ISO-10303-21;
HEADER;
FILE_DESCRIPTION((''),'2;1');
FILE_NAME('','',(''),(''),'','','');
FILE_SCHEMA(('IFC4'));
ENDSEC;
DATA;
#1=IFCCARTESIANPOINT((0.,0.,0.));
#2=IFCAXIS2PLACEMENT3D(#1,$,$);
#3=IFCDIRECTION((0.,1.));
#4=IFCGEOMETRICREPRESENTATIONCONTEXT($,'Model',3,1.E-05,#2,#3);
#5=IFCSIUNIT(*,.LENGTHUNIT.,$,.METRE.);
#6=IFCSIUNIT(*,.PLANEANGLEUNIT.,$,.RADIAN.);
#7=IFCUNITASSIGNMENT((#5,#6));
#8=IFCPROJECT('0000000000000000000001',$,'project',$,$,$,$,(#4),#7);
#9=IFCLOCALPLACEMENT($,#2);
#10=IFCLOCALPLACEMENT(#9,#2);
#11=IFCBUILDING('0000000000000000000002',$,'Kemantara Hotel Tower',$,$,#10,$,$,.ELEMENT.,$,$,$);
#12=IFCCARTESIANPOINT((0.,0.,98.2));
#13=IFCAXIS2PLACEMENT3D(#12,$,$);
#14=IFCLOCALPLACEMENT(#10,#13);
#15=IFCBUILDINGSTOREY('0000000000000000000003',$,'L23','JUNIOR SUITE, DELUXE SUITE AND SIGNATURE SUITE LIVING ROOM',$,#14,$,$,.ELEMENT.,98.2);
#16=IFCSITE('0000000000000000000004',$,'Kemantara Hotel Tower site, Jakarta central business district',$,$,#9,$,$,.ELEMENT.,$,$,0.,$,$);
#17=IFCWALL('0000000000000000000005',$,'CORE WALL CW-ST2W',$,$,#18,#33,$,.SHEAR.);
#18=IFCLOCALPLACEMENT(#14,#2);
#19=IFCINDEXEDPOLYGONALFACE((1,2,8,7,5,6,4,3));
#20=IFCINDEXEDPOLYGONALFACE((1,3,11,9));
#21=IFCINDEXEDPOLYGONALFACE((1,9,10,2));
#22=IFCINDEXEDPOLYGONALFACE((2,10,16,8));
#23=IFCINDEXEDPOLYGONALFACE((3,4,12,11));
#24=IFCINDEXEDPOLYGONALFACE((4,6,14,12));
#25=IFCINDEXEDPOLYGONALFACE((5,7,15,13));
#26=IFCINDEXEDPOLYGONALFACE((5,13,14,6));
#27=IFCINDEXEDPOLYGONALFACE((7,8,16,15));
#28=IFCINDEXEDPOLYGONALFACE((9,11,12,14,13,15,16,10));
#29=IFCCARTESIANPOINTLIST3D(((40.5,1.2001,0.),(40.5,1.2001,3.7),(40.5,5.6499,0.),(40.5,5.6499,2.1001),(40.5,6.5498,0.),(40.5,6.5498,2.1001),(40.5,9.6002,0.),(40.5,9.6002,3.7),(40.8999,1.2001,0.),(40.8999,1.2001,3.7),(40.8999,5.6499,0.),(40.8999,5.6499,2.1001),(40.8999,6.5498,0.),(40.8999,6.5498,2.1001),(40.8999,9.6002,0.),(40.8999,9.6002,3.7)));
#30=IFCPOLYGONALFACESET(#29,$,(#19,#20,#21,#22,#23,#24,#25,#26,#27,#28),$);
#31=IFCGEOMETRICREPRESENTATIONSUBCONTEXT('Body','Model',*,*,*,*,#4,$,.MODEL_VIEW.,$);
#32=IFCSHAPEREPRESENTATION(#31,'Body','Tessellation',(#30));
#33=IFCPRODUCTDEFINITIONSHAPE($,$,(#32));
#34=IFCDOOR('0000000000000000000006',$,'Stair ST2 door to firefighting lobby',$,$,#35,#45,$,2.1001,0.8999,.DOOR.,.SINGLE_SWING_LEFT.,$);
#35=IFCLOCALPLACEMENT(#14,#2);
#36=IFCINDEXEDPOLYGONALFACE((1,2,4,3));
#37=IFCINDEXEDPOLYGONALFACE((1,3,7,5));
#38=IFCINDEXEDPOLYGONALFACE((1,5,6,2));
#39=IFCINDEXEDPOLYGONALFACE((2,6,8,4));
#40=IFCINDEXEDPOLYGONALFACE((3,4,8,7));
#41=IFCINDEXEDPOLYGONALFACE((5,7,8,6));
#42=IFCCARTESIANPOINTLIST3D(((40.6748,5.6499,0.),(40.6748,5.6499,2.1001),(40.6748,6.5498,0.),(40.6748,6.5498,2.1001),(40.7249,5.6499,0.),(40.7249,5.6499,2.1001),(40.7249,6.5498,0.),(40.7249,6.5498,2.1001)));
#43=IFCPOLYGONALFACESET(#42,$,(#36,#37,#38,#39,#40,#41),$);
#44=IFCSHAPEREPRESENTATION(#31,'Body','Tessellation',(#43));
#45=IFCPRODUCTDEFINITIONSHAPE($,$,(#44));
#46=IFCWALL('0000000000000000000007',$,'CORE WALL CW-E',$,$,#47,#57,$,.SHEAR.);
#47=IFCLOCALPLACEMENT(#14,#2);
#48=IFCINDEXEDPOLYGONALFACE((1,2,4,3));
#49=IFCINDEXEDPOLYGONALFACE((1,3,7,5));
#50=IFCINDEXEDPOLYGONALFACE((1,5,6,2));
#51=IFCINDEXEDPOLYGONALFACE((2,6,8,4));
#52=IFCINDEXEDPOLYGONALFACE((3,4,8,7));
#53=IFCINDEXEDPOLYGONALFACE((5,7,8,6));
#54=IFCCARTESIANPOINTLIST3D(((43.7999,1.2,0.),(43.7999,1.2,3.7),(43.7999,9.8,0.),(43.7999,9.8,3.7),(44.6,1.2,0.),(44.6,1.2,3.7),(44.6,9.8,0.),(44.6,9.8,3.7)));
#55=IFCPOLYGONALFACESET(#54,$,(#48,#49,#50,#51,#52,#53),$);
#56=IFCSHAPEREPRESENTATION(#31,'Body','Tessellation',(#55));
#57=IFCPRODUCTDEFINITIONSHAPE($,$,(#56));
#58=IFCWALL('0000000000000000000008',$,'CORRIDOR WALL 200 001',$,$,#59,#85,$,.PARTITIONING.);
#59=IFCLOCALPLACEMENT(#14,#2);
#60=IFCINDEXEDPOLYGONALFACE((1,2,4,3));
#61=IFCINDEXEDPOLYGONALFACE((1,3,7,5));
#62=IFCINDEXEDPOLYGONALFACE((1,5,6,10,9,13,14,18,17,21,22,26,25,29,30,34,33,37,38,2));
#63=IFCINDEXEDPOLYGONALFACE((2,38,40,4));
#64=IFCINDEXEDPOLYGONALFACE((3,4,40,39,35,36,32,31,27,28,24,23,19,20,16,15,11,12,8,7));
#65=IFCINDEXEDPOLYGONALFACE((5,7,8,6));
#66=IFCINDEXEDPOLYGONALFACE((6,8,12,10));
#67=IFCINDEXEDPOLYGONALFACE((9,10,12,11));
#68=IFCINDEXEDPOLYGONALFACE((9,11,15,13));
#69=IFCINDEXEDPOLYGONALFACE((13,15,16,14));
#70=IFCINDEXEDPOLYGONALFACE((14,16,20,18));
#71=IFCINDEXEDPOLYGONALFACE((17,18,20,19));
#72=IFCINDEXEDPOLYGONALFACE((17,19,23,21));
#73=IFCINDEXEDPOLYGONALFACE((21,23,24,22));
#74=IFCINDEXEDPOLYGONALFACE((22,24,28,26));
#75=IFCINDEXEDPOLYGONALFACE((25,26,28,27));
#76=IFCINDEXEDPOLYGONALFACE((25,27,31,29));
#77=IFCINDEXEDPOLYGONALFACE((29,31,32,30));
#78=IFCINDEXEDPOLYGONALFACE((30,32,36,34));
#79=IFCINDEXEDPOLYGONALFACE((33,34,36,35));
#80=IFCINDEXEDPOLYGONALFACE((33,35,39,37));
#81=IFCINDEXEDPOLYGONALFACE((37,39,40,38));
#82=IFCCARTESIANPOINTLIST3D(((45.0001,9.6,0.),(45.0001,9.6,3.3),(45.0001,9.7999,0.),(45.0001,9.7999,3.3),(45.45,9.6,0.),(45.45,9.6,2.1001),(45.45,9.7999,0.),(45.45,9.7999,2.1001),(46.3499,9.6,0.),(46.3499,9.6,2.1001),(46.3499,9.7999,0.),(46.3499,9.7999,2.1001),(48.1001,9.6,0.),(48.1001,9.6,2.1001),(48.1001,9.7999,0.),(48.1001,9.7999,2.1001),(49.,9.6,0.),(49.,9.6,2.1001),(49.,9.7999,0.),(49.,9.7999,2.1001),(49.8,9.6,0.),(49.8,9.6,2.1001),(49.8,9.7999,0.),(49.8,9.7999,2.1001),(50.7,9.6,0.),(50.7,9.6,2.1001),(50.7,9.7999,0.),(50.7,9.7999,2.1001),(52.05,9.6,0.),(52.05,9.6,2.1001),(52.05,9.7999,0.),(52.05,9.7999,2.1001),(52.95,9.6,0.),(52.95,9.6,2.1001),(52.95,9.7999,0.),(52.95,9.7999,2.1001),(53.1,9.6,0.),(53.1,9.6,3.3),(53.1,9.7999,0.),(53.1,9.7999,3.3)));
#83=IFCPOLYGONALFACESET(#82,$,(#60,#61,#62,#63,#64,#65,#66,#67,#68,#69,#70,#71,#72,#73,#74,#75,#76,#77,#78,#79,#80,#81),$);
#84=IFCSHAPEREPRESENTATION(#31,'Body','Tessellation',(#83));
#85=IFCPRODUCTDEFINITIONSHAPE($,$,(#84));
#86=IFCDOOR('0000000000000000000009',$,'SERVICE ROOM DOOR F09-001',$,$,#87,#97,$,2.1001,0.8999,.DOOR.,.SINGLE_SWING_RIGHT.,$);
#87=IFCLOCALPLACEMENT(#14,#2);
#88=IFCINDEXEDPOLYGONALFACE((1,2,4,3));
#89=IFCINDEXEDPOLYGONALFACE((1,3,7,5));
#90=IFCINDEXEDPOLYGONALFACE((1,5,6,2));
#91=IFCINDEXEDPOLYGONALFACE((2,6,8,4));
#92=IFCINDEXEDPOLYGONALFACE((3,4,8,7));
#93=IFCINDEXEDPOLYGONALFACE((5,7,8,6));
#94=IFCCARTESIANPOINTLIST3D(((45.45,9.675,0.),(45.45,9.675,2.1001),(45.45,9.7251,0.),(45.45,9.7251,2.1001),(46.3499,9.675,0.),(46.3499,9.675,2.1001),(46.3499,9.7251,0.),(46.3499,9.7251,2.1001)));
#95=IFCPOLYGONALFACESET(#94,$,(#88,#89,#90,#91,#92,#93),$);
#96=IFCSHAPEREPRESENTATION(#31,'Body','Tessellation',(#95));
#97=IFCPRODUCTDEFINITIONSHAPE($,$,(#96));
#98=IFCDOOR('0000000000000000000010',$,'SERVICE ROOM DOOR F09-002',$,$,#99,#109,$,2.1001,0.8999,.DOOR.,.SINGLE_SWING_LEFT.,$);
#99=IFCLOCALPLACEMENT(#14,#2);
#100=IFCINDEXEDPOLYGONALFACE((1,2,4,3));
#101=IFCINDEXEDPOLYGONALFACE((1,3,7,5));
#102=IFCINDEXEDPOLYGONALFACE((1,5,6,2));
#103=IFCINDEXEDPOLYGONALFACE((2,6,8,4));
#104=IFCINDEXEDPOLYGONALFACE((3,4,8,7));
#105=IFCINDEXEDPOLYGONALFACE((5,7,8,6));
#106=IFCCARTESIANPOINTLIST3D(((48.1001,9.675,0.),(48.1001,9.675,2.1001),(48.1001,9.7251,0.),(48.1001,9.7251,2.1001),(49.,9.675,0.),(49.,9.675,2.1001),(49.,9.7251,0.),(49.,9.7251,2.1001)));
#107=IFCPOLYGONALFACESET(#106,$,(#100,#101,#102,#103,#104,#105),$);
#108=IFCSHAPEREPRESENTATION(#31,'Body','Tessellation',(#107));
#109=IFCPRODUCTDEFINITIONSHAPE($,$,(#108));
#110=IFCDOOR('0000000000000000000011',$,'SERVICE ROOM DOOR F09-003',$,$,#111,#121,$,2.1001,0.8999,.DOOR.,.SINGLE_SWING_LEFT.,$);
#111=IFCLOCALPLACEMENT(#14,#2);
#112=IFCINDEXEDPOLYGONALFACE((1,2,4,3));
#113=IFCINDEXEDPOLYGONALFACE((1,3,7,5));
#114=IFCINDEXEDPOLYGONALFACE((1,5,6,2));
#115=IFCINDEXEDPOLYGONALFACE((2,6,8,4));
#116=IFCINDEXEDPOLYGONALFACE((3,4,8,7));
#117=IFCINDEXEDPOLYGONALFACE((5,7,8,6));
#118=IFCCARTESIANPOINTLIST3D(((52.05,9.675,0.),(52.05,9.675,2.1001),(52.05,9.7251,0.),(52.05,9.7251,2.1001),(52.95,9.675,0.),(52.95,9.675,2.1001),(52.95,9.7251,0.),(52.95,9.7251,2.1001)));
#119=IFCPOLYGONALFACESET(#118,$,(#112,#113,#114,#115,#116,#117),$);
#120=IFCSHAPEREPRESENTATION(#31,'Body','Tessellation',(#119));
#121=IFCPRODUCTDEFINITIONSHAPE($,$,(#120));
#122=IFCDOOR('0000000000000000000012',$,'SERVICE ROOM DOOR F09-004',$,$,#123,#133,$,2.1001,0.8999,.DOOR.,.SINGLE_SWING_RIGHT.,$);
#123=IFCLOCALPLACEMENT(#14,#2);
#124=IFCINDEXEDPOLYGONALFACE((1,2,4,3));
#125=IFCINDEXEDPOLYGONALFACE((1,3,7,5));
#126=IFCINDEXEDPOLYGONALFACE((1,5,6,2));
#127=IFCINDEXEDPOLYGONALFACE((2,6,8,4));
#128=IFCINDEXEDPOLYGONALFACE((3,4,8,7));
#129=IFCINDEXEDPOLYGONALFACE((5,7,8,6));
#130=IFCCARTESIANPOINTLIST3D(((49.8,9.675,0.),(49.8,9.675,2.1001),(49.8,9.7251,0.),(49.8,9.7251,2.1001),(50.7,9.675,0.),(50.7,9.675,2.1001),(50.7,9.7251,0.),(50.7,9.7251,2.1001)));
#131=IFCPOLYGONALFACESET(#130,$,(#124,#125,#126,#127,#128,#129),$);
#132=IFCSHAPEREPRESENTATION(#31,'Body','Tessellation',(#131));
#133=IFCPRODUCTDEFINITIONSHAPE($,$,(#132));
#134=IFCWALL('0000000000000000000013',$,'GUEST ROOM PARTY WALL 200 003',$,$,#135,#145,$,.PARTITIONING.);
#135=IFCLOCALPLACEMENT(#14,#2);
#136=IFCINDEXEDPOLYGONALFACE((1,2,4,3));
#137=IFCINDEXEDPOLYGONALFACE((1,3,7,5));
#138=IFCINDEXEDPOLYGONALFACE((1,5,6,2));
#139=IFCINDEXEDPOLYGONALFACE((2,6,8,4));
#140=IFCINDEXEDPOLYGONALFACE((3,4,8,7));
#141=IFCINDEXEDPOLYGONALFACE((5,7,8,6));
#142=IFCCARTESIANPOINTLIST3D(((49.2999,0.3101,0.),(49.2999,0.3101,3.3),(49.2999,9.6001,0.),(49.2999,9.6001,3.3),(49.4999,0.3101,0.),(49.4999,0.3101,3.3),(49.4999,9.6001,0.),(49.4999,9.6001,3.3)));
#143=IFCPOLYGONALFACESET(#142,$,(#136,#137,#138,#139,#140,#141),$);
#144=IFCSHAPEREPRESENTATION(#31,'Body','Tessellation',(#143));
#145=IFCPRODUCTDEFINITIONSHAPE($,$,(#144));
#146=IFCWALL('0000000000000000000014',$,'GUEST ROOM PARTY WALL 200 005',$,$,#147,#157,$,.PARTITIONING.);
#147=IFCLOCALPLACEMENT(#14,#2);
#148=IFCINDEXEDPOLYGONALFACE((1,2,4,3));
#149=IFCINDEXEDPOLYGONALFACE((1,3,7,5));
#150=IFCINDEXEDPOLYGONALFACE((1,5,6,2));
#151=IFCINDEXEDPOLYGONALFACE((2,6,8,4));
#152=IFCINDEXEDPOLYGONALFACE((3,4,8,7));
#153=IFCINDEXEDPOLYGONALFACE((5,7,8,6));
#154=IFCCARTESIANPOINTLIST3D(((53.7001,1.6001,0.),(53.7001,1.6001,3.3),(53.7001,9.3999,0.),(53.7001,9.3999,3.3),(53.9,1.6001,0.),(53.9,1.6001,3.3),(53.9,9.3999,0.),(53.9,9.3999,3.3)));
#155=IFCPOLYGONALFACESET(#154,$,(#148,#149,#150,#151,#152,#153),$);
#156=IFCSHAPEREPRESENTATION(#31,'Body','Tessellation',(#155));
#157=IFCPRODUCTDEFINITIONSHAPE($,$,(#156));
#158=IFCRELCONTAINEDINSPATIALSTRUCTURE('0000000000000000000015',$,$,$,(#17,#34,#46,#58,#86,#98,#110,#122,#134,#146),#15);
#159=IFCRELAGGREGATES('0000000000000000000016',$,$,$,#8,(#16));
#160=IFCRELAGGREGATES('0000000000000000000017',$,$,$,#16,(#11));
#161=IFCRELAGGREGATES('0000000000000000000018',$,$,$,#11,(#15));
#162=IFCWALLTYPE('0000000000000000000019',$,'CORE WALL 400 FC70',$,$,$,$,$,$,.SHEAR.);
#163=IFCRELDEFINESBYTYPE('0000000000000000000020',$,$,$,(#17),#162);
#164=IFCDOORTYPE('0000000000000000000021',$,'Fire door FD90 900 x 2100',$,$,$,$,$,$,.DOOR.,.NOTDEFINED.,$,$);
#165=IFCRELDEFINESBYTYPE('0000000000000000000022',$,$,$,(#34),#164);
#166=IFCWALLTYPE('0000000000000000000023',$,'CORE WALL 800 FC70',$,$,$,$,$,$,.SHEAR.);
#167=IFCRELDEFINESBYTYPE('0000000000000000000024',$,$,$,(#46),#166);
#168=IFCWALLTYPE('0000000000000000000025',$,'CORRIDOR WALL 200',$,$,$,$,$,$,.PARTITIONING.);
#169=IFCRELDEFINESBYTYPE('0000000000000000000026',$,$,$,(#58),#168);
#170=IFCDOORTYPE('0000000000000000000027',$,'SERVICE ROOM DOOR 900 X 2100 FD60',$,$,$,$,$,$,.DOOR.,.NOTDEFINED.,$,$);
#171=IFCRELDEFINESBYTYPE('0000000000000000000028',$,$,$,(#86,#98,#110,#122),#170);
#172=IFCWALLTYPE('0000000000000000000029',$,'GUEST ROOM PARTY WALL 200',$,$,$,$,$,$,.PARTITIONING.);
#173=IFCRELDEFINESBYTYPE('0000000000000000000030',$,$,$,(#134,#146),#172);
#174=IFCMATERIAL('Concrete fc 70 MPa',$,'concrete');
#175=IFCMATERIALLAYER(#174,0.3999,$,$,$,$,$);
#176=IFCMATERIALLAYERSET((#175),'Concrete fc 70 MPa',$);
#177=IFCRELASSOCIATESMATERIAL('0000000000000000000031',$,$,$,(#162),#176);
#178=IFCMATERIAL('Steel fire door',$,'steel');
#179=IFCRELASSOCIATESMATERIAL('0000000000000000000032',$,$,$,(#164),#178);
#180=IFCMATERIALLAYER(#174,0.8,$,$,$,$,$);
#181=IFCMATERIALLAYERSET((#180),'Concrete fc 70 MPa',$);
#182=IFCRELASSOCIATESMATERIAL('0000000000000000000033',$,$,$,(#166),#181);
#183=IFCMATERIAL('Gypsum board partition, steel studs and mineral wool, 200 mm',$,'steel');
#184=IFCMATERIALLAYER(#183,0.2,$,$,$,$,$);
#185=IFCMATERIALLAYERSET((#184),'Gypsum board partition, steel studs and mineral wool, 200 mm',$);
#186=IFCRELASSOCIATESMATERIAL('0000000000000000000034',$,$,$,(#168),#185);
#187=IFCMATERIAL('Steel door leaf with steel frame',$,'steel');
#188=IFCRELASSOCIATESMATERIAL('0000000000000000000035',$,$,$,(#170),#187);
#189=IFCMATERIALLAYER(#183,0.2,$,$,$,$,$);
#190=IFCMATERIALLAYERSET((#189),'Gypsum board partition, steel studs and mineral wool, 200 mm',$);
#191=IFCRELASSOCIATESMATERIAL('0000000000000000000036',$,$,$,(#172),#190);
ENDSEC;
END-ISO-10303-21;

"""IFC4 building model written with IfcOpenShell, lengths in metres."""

from ifc_helpers import new_model, si_unit, direction, frame, frame_2d, origin, place, context, subcontext, project, spatial, rectangle, extrude, material, layer, layer_set, type_object, element, fill, save


model = new_model("IFC4")

# Units and contexts
model_context = context("Model", 3, precision=1e-05, world=origin(), true_north=direction((0.0, 1.0)))
body_context = subcontext(model_context, "Body", "Model", "MODEL_VIEW")
ifc_project = project(units=[si_unit("LENGTHUNIT", "METRE"), si_unit("PLANEANGLEUNIT", "RADIAN")], contexts=[model_context])

# Site, building, storey
site_placement = place(None, origin())
site = spatial("IfcSite", under=ifc_project, at=site_placement, Name="Kemantara Hotel Tower site, Jakarta central business district", CompositionType="ELEMENT", RefElevation=0.0)
building_placement = place(site_placement, origin())
building = spatial("IfcBuilding", under=site, at=building_placement, Name="Kemantara Hotel Tower", CompositionType="ELEMENT")
storey_placement = place(building_placement, frame((0.0, 0.0, 98.2)))
storey = spatial("IfcBuildingStorey", under=building, at=storey_placement, Name="L23", Description="JUNIOR SUITE, DELUXE SUITE AND SIGNATURE SUITE LIVING ROOM", CompositionType="ELEMENT", Elevation=98.2)

# Shared definitions
ifc_material_1 = material(Name="Concrete fc 70 MPa", Category="concrete")

# Wall, opening, door
ifc_layer_1 = layer(ifc_material_1, 0.3999)
ifc_layer_set_1 = layer_set([ifc_layer_1], Name="Concrete fc 70 MPa")
wall_type_1 = type_object("IfcWallType", Name="CORE WALL 400 FC70", PredefinedType="SHEAR", material=ifc_layer_set_1)
ifc_material_2 = material(Name="Steel fire door", Category="steel")
wall_1_placement = place(storey_placement, frame((40.7, 1.2, 0.0), z_axis=(0.0, 0.0, 1.0), x_axis=(0.0, 1.0, 0.0)))
wall_1 = element("IfcWall", 1, at=wall_1_placement, inside=storey, type_object=wall_type_1, Name="CORE WALL CW-ST2W", PredefinedType="SHEAR", context=body_context, shape_type="SweptSolid", body=[
    extrude(rectangle(XDim=8.4001, YDim=0.3999, at=frame_2d((4.2002, 0.0))), origin(), (0.0, 0.0, 1.0), 3.7),
])
opening_1_placement = place(wall_1_placement, frame((4.45, 0.0, 0.0)))
opening_1 = element("IfcOpeningElement", 2, at=opening_1_placement, cuts=wall_1, PredefinedType="OPENING", context=body_context, shape_type="SweptSolid", body=[
    extrude(rectangle(XDim=0.8999, YDim=2.1001, at=frame_2d((0.45, 1.05))), frame((0.0, 0.21, 0.0), z_axis=(0.0, -1.0, 0.0), x_axis=(1.0, 0.0, 0.0)), (0.0, 0.0, 1.0), 0.4199),
])
door_type_1 = type_object("IfcDoorType", Name="Fire door FD90 900 x 2100", OperationType="NOTDEFINED", PredefinedType="DOOR", material=ifc_material_2)
door_1_placement = place(opening_1_placement, frame((0.8999, 0.0, 0.0), z_axis=(0.0, 0.0, 1.0), x_axis=(-1.0, 0.0, 0.0)))
door_1 = element("IfcDoor", 3, at=door_1_placement, inside=storey, type_object=door_type_1, Name="Stair ST2 door to firefighting lobby", OperationType="SINGLE_SWING_LEFT", OverallHeight=2.1001, OverallWidth=0.8999, PredefinedType="DOOR", context=body_context, shape_type="SweptSolid", body=[
    extrude(rectangle(XDim=0.8999, YDim=2.1001, at=frame_2d((0.45, 1.05))), frame((0.0, 0.0249, 0.0), z_axis=(0.0, -1.0, 0.0), x_axis=(1.0, 0.0, 0.0)), (0.0, 0.0, 1.0), 0.05),
])
fill(opening_1, door_1)

# Wall
ifc_layer_2 = layer(ifc_material_1, 0.8)
ifc_layer_set_2 = layer_set([ifc_layer_2], Name="Concrete fc 70 MPa")
wall_type_2 = type_object("IfcWallType", Name="CORE WALL 800 FC70", PredefinedType="SHEAR", material=ifc_layer_set_2)
wall_2_placement = place(storey_placement, frame((44.2, 1.2, 0.0), z_axis=(0.0, 0.0, 1.0), x_axis=(0.0, 1.0, 0.0)))
element("IfcWall", 4, at=wall_2_placement, inside=storey, type_object=wall_type_2, Name="CORE WALL CW-E", PredefinedType="SHEAR", context=body_context, shape_type="SweptSolid", body=[
    extrude(rectangle(XDim=8.6001, YDim=0.8, at=frame_2d((4.3, 0.0))), origin(), (0.0, 0.0, 1.0), 3.7),
])

# Wall, openings, doors
ifc_material_3 = material(Name="Gypsum board partition, steel studs and mineral wool, 200 mm", Category="steel")
ifc_layer_3 = layer(ifc_material_3, 0.2)
ifc_layer_set_3 = layer_set([ifc_layer_3], Name="Gypsum board partition, steel studs and mineral wool, 200 mm")
wall_type_3 = type_object("IfcWallType", Name="CORRIDOR WALL 200", PredefinedType="PARTITIONING", material=ifc_layer_set_3)
wall_3_placement = place(storey_placement, frame((53.0999, 9.7, 0.0), z_axis=(0.0, 0.0, 1.0), x_axis=(-1.0, 0.0, 0.0)))
wall_3 = element("IfcWall", 5, at=wall_3_placement, inside=storey, type_object=wall_type_3, Name="CORRIDOR WALL 200 001", PredefinedType="PARTITIONING", context=body_context, shape_type="SweptSolid", body=[
    extrude(rectangle(XDim=8.0999, YDim=0.2, at=frame_2d((4.0498, 0.0))), origin(), (0.0, 0.0, 1.0), 3.3),
])
opening_2_placement = place(wall_3_placement, frame((6.75, 0.0, 0.0)))
opening_2 = element("IfcOpeningElement", 6, at=opening_2_placement, cuts=wall_3, PredefinedType="OPENING", context=body_context, shape_type="SweptSolid", body=[
    extrude(rectangle(XDim=0.8999, YDim=2.1001, at=frame_2d((0.45, 1.05))), frame((0.0, 0.1099, 0.0), z_axis=(0.0, -1.0, 0.0), x_axis=(1.0, 0.0, 0.0)), (0.0, 0.0, 1.0), 0.22),
])
opening_3_placement = place(wall_3_placement, frame((4.0999, 0.0, 0.0)))
opening_3 = element("IfcOpeningElement", 7, at=opening_3_placement, cuts=wall_3, PredefinedType="OPENING", context=body_context, shape_type="SweptSolid", body=[
    extrude(rectangle(XDim=0.8999, YDim=2.1001, at=frame_2d((0.45, 1.05))), frame((0.0, 0.1099, 0.0), z_axis=(0.0, -1.0, 0.0), x_axis=(1.0, 0.0, 0.0)), (0.0, 0.0, 1.0), 0.22),
])
opening_4_placement = place(wall_3_placement, frame((0.1499, 0.0, 0.0)))
opening_4 = element("IfcOpeningElement", 8, at=opening_4_placement, cuts=wall_3, PredefinedType="OPENING", context=body_context, shape_type="SweptSolid", body=[
    extrude(rectangle(XDim=0.8999, YDim=2.1001, at=frame_2d((0.45, 1.05))), frame((0.0, 0.1099, 0.0), z_axis=(0.0, -1.0, 0.0), x_axis=(1.0, 0.0, 0.0)), (0.0, 0.0, 1.0), 0.22),
])
opening_5_placement = place(wall_3_placement, frame((2.3999, 0.0, 0.0)))
opening_5 = element("IfcOpeningElement", 9, at=opening_5_placement, cuts=wall_3, PredefinedType="OPENING", context=body_context, shape_type="SweptSolid", body=[
    extrude(rectangle(XDim=0.8999, YDim=2.1001, at=frame_2d((0.45, 1.05))), frame((0.0, 0.1099, 0.0), z_axis=(0.0, -1.0, 0.0), x_axis=(1.0, 0.0, 0.0)), (0.0, 0.0, 1.0), 0.22),
])
ifc_material_4 = material(Name="Steel door leaf with steel frame", Category="steel")
door_type_2 = type_object("IfcDoorType", Name="SERVICE ROOM DOOR 900 X 2100 FD60", OperationType="NOTDEFINED", PredefinedType="DOOR", material=ifc_material_4)
door_2_placement = place(opening_2_placement, origin())
door_2 = element("IfcDoor", 10, at=door_2_placement, inside=storey, type_object=door_type_2, Name="SERVICE ROOM DOOR F09-001", OperationType="SINGLE_SWING_RIGHT", OverallHeight=2.1001, OverallWidth=0.8999, PredefinedType="DOOR", context=body_context, shape_type="SweptSolid", body=[
    extrude(rectangle(XDim=0.8999, YDim=2.1001, at=frame_2d((0.45, 1.05))), frame((0.0, 0.0249, 0.0), z_axis=(0.0, -1.0, 0.0), x_axis=(1.0, 0.0, 0.0)), (0.0, 0.0, 1.0), 0.05),
])
fill(opening_2, door_2)
door_3_placement = place(opening_3_placement, origin())
door_3 = element("IfcDoor", 11, at=door_3_placement, inside=storey, type_object=door_type_2, Name="SERVICE ROOM DOOR F09-002", OperationType="SINGLE_SWING_LEFT", OverallHeight=2.1001, OverallWidth=0.8999, PredefinedType="DOOR", context=body_context, shape_type="SweptSolid", body=[
    extrude(rectangle(XDim=0.8999, YDim=2.1001, at=frame_2d((0.45, 1.05))), frame((0.0, 0.0249, 0.0), z_axis=(0.0, -1.0, 0.0), x_axis=(1.0, 0.0, 0.0)), (0.0, 0.0, 1.0), 0.05),
])
fill(opening_3, door_3)
door_4_placement = place(opening_4_placement, origin())
door_4 = element("IfcDoor", 12, at=door_4_placement, inside=storey, type_object=door_type_2, Name="SERVICE ROOM DOOR F09-003", OperationType="SINGLE_SWING_LEFT", OverallHeight=2.1001, OverallWidth=0.8999, PredefinedType="DOOR", context=body_context, shape_type="SweptSolid", body=[
    extrude(rectangle(XDim=0.8999, YDim=2.1001, at=frame_2d((0.45, 1.05))), frame((0.0, 0.0249, 0.0), z_axis=(0.0, -1.0, 0.0), x_axis=(1.0, 0.0, 0.0)), (0.0, 0.0, 1.0), 0.05),
])
fill(opening_4, door_4)
door_5_placement = place(opening_5_placement, origin())
door_5 = element("IfcDoor", 13, at=door_5_placement, inside=storey, type_object=door_type_2, Name="SERVICE ROOM DOOR F09-004", OperationType="SINGLE_SWING_RIGHT", OverallHeight=2.1001, OverallWidth=0.8999, PredefinedType="DOOR", context=body_context, shape_type="SweptSolid", body=[
    extrude(rectangle(XDim=0.8999, YDim=2.1001, at=frame_2d((0.45, 1.05))), frame((0.0, 0.0249, 0.0), z_axis=(0.0, -1.0, 0.0), x_axis=(1.0, 0.0, 0.0)), (0.0, 0.0, 1.0), 0.05),
])
fill(opening_5, door_5)

# Walls
ifc_layer_4 = layer(ifc_material_3, 0.2)
ifc_layer_set_4 = layer_set([ifc_layer_4], Name="Gypsum board partition, steel studs and mineral wool, 200 mm")
wall_type_4 = type_object("IfcWallType", Name="GUEST ROOM PARTY WALL 200", PredefinedType="PARTITIONING", material=ifc_layer_set_4)
wall_4_placement = place(storey_placement, frame((49.3999, 0.3101, 0.0), z_axis=(0.0, 0.0, 1.0), x_axis=(0.0, 1.0, 0.0)))
element("IfcWall", 14, at=wall_4_placement, inside=storey, type_object=wall_type_4, Name="GUEST ROOM PARTY WALL 200 003", PredefinedType="PARTITIONING", context=body_context, shape_type="SweptSolid", body=[
    extrude(rectangle(XDim=9.29, YDim=0.2, at=frame_2d((4.645, 0.0))), origin(), (0.0, 0.0, 1.0), 3.3),
])
wall_5_placement = place(storey_placement, frame((53.8, 1.6001, 0.0), z_axis=(0.0, 0.0, 1.0), x_axis=(0.0, 1.0, 0.0)))
element("IfcWall", 15, at=wall_5_placement, inside=storey, type_object=wall_type_4, Name="GUEST ROOM PARTY WALL 200 005", PredefinedType="PARTITIONING", context=body_context, shape_type="SweptSolid", body=[
    extrude(rectangle(XDim=7.7998, YDim=0.2, at=frame_2d((3.8999, 0.0))), origin(), (0.0, 0.0, 1.0), 3.3),
])

save(model, "model.ifc")
